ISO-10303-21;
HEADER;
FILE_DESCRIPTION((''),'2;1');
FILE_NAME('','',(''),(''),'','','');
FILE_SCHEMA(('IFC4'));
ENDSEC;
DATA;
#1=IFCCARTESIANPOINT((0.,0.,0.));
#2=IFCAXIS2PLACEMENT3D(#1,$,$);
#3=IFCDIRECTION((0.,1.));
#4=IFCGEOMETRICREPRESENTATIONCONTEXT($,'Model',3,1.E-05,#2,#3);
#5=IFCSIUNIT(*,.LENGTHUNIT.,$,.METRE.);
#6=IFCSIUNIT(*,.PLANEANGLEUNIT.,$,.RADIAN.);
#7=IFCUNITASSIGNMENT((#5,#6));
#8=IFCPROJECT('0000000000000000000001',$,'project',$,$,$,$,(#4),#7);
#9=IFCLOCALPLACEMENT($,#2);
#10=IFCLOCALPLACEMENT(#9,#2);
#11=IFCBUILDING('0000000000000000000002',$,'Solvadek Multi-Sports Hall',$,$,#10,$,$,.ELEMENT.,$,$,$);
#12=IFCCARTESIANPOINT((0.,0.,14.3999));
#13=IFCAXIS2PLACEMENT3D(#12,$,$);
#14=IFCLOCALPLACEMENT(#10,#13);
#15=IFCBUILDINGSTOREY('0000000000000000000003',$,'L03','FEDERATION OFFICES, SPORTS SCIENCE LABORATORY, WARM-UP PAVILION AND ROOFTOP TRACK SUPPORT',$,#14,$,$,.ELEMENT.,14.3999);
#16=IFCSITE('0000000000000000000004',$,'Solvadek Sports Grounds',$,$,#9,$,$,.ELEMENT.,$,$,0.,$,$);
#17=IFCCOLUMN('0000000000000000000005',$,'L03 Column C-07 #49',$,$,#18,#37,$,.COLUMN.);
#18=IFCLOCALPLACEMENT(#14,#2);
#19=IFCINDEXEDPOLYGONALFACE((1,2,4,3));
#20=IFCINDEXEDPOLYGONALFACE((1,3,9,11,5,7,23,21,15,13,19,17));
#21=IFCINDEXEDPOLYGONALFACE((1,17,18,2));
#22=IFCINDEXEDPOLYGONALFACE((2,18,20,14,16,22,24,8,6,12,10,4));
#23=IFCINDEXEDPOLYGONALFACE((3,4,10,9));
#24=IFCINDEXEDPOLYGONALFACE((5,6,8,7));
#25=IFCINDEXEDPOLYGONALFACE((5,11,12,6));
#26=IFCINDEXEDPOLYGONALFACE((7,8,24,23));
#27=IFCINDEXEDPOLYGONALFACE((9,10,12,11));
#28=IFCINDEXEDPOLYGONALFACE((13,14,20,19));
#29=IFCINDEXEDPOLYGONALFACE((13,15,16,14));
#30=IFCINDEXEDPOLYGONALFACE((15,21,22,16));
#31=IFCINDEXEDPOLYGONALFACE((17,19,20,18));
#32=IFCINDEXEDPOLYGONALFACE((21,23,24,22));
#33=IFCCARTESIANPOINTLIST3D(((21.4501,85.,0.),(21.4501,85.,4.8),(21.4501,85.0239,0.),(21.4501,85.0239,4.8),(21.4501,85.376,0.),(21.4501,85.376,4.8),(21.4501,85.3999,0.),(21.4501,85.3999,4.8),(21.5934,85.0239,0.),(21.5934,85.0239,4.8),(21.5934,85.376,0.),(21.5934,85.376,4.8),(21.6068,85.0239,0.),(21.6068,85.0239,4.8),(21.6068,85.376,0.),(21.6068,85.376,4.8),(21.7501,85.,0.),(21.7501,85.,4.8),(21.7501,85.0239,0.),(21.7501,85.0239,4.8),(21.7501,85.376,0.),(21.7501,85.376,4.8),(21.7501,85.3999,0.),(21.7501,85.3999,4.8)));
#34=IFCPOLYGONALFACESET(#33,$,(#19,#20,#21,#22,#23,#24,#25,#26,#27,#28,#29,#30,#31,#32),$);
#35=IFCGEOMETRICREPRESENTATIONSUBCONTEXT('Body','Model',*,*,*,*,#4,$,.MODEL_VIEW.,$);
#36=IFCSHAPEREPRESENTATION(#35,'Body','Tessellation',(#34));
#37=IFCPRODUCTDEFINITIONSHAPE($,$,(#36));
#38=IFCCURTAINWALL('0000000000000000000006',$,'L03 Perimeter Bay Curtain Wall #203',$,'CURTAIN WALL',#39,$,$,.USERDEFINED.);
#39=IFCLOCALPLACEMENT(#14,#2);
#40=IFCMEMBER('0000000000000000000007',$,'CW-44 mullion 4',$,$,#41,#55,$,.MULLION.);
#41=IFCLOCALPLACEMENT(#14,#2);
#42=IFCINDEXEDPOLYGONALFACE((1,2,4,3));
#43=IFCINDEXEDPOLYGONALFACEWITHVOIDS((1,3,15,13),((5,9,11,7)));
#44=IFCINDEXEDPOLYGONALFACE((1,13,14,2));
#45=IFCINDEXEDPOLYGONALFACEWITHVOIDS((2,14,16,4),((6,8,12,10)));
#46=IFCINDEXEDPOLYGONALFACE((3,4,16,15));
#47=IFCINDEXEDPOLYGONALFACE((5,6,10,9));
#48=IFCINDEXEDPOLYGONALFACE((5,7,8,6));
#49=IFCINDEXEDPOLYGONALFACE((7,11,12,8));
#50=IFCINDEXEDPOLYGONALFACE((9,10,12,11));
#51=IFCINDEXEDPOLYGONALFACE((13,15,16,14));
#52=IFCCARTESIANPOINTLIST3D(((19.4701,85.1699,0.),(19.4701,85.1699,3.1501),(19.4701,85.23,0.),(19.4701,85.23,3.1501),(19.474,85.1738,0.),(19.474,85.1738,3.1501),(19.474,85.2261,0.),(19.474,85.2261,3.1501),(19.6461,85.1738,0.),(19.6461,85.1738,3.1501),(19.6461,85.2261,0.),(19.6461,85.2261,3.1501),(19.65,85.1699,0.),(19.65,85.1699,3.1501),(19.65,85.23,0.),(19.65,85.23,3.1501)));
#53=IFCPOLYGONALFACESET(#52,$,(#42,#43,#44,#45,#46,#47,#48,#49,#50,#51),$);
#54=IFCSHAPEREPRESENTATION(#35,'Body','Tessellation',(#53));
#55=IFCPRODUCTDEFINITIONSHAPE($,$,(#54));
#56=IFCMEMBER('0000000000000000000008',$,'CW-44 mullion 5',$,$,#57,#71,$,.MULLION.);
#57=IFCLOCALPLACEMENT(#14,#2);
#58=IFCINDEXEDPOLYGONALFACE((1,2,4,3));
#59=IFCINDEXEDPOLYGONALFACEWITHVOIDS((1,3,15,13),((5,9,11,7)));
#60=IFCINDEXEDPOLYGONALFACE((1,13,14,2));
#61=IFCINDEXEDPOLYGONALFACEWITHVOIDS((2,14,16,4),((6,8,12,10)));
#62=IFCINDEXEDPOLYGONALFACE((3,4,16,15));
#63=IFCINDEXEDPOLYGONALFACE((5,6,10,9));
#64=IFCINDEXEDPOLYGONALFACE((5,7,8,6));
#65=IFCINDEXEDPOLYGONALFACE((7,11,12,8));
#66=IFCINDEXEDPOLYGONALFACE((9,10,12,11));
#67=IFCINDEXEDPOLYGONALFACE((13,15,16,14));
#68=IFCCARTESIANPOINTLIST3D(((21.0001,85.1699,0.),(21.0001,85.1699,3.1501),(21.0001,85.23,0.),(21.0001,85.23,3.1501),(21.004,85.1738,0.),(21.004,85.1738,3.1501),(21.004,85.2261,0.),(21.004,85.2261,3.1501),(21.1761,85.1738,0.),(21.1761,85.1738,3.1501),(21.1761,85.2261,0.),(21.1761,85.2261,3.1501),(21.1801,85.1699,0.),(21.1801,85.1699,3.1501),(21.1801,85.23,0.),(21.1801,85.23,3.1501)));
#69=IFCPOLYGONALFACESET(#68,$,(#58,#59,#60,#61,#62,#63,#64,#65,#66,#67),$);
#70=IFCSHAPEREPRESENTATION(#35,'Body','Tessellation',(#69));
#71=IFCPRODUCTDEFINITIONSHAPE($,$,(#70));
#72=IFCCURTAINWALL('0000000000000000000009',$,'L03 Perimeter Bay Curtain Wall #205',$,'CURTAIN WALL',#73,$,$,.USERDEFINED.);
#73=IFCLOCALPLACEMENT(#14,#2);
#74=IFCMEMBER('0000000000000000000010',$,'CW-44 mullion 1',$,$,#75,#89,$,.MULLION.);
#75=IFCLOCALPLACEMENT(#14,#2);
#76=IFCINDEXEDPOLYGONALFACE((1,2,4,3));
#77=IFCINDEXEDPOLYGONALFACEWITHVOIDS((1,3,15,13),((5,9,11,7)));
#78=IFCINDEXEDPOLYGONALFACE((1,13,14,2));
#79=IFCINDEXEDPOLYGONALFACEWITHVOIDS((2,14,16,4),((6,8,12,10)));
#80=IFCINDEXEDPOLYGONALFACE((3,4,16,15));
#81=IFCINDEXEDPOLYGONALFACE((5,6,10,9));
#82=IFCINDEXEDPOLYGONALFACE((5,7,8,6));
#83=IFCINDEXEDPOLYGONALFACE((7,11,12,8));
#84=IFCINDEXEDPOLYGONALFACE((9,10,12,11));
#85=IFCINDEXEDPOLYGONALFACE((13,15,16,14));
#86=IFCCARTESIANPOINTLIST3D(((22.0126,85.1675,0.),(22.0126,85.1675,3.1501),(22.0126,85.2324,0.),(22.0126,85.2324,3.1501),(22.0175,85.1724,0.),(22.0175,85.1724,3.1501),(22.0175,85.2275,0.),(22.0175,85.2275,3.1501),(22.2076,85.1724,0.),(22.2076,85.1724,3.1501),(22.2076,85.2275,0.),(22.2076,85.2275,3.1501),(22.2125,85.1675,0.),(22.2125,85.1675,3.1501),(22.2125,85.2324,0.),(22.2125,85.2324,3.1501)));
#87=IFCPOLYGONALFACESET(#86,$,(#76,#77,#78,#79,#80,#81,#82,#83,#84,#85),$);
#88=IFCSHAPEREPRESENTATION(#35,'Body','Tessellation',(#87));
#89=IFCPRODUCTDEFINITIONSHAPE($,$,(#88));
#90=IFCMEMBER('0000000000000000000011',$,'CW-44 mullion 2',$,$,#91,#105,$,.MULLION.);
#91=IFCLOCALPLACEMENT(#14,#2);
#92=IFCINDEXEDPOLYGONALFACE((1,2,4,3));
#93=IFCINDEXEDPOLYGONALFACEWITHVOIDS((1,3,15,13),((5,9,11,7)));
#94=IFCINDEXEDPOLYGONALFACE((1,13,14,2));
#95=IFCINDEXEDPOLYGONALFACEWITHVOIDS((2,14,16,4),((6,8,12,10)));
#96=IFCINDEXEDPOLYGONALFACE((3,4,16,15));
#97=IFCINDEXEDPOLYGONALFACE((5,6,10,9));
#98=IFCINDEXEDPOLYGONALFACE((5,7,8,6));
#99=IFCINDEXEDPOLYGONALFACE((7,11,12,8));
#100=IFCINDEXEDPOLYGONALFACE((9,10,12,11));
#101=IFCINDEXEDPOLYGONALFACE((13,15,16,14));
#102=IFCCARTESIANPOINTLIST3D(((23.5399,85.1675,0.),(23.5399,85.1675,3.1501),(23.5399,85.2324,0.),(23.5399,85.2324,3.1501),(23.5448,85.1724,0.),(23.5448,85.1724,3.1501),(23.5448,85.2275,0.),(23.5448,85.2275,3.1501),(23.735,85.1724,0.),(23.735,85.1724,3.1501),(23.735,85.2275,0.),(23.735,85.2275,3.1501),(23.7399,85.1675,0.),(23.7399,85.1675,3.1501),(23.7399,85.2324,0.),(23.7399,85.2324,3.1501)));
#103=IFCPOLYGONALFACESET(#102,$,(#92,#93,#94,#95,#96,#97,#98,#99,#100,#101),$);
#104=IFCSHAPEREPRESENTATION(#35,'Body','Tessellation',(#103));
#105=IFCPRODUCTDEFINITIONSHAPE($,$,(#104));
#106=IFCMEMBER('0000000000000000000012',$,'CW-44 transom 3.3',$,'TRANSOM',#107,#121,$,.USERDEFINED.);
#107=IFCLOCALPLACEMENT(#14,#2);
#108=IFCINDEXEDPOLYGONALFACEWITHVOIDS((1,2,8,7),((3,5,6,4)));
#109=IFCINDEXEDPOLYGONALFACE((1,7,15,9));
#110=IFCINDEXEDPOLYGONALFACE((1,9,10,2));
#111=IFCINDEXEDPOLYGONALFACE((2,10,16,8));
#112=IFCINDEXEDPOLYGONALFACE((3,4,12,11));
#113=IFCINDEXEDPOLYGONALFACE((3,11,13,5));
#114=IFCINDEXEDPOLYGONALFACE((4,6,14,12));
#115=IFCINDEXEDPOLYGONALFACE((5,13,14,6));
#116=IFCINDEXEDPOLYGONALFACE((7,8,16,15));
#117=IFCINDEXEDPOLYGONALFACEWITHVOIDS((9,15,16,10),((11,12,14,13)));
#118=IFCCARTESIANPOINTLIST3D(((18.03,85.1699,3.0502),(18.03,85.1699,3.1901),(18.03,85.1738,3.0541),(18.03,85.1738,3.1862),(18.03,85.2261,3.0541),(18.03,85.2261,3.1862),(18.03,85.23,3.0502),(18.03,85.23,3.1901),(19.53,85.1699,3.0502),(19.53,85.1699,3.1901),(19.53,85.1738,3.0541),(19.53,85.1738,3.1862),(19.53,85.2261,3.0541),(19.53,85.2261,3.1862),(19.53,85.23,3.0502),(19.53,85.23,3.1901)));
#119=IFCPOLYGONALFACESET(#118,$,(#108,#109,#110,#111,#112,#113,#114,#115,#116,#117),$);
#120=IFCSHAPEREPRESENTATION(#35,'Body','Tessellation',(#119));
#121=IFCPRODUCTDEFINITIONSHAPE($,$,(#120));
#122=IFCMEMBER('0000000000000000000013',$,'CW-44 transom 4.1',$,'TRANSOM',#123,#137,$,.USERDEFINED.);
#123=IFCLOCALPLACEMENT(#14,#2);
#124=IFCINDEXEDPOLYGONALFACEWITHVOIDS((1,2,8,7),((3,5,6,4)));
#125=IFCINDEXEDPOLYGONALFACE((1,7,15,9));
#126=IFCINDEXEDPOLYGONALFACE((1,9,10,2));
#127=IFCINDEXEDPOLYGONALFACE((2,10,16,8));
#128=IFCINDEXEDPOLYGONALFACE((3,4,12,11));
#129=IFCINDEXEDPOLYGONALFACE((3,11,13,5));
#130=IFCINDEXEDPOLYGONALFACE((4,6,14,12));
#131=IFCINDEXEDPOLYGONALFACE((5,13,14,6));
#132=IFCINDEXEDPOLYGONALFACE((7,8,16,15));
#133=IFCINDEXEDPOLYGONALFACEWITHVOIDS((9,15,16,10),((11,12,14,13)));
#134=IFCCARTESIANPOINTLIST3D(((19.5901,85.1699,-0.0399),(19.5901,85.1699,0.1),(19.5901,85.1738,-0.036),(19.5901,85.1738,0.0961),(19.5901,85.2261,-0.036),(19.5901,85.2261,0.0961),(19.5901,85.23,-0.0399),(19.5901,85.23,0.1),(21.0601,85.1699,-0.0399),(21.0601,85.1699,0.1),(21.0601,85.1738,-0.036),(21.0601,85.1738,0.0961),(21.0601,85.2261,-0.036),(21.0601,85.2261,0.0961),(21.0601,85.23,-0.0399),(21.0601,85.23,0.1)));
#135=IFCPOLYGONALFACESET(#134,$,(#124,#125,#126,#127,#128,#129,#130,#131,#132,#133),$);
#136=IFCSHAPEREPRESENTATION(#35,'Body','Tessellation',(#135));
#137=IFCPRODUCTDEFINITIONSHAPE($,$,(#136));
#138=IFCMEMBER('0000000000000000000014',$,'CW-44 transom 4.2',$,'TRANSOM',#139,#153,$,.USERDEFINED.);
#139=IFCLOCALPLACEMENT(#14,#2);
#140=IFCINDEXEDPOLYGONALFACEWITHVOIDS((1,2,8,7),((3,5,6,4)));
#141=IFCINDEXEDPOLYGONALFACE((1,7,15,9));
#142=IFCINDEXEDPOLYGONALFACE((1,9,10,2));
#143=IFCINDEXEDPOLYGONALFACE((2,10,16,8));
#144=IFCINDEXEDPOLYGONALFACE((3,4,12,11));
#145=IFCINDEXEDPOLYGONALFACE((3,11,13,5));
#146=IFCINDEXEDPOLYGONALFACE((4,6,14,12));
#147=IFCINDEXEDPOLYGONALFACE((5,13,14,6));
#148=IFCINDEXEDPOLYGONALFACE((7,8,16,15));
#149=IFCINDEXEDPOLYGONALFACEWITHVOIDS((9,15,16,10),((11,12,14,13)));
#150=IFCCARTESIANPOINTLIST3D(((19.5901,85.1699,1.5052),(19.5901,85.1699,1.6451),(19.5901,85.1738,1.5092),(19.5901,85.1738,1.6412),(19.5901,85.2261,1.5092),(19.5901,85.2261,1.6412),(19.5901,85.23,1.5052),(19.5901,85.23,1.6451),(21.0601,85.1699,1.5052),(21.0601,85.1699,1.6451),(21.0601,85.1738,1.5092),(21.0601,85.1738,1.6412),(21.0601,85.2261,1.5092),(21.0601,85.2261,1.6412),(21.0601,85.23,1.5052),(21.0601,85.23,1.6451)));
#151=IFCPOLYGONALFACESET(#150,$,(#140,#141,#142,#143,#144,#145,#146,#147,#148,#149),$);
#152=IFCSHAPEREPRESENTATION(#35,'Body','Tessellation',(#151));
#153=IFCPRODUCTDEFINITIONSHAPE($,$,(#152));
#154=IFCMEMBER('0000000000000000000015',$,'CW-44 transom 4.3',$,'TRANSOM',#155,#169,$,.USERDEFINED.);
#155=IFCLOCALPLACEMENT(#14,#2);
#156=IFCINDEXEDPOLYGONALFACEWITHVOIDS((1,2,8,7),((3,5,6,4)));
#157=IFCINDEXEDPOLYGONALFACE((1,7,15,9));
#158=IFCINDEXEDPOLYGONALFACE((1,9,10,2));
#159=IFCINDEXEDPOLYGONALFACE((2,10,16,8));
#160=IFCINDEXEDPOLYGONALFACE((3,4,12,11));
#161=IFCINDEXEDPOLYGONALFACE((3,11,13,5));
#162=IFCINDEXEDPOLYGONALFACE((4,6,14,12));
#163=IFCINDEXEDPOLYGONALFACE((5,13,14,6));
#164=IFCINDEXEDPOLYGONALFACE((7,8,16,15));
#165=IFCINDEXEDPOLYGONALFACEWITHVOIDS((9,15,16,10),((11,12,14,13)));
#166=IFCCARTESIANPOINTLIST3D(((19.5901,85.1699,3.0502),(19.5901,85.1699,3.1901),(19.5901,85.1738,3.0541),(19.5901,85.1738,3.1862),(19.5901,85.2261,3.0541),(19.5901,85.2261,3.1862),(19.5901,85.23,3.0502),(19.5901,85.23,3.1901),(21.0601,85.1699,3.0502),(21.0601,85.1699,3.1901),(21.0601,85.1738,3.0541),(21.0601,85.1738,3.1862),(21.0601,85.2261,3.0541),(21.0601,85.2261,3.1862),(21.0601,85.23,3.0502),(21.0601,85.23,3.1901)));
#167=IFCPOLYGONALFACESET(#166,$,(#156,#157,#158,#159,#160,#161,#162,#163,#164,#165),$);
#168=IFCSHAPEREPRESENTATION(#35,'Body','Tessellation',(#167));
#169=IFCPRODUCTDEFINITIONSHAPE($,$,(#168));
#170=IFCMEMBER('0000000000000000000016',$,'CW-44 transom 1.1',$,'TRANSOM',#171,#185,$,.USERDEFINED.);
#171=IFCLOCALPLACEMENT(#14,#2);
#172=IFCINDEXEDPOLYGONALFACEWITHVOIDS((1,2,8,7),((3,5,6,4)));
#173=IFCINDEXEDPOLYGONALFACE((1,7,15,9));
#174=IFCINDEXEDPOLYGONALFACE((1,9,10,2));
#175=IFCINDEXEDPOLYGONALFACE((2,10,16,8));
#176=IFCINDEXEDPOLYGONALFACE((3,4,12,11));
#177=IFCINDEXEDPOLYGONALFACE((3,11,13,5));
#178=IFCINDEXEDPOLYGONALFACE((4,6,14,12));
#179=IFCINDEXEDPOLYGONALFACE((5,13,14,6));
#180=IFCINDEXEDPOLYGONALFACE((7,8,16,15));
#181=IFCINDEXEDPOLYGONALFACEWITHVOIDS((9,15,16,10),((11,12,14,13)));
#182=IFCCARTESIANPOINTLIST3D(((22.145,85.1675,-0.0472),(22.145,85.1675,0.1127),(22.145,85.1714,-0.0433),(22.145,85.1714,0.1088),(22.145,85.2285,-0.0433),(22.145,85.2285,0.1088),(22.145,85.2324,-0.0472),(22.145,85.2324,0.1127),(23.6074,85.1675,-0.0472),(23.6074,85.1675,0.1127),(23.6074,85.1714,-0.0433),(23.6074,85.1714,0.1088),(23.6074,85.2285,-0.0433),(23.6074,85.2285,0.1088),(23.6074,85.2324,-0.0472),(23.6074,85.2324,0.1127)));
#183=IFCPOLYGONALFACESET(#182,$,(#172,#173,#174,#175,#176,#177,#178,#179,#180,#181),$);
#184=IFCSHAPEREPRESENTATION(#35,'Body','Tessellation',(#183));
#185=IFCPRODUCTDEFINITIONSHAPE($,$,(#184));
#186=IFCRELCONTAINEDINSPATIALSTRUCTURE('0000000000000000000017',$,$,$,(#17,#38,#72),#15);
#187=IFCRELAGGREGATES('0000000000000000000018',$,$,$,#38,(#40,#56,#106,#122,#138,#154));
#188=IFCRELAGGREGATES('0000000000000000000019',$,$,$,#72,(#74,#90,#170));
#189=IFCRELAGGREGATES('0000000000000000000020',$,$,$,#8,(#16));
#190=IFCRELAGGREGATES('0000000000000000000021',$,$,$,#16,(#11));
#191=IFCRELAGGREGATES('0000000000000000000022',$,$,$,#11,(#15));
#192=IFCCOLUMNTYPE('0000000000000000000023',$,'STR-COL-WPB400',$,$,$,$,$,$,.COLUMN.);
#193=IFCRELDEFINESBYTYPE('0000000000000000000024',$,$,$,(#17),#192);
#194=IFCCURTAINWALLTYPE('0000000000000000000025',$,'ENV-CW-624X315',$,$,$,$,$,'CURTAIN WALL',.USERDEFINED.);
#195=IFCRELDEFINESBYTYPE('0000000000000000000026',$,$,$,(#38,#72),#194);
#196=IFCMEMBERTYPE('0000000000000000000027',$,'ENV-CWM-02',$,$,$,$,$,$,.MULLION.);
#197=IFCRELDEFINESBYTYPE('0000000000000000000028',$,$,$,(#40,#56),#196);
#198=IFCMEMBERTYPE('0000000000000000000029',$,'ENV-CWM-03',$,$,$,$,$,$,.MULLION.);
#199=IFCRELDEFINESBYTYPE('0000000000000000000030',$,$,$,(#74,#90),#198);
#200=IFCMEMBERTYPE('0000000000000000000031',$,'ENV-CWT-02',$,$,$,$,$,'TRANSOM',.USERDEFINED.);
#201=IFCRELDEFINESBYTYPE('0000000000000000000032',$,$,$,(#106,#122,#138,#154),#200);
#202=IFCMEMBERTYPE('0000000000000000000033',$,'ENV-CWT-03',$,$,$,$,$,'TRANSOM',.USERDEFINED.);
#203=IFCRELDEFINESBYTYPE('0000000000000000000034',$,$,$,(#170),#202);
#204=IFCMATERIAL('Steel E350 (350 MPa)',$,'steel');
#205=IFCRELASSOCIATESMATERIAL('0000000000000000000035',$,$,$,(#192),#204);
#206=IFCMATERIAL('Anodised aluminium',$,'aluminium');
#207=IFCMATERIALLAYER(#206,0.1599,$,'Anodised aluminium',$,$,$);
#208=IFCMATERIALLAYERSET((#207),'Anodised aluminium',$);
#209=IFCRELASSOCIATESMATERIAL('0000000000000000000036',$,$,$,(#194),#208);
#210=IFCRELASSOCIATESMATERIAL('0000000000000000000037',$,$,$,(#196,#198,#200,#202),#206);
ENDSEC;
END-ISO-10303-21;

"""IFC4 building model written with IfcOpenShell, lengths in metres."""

from ifc_helpers import new_model, si_unit, direction, frame, origin, origin_2d, place, context, subcontext, project, spatial, hollow_rectangle, i_section, extrude, material, layer, layer_set, material_profile, profile_set, type_object, element, aggregate, save


model = new_model("IFC4")

# Units and contexts
model_context = context("Model", 3, precision=1e-05, world=origin(), true_north=direction((0.0, 1.0)))
body_context = subcontext(model_context, "Body", "Model", "MODEL_VIEW")
ifc_project = project(units=[si_unit("LENGTHUNIT", "METRE"), si_unit("PLANEANGLEUNIT", "RADIAN")], contexts=[model_context])

# Site, building, storey
site_placement = place(None, origin())
site = spatial("IfcSite", under=ifc_project, at=site_placement, Name="Solvadek Sports Grounds", CompositionType="ELEMENT", RefElevation=0.0)
building_placement = place(site_placement, origin())
building = spatial("IfcBuilding", under=site, at=building_placement, Name="Solvadek Multi-Sports Hall", CompositionType="ELEMENT")
storey_placement = place(building_placement, frame((0.0, 0.0, 14.3999)))
storey = spatial("IfcBuildingStorey", under=building, at=storey_placement, Name="L03", Description="FEDERATION OFFICES, SPORTS SCIENCE LABORATORY, WARM-UP PAVILION AND ROOFTOP TRACK SUPPORT", CompositionType="ELEMENT", Elevation=14.3999)

# Column
ifc_material_1 = material(Name="Steel E350 (350 MPa)", Category="steel")
ifc_material_profile_1 = material_profile(ifc_material_1, i_section(OverallWidth=0.3, OverallDepth=0.3999, WebThickness=0.0134, FlangeThickness=0.0239, at=origin_2d()), Name="WPB 400")
ifc_profile_set_1 = profile_set([ifc_material_profile_1], Name="Steel E350 (350 MPa)")
column_type = type_object("IfcColumnType", Name="STR-COL-WPB400", PredefinedType="COLUMN", material=ifc_profile_set_1)
column_placement = place(storey_placement, frame((21.6001, 85.2, 0.0), z_axis=(0.0, 0.0, 1.0), x_axis=(1.0, 0.0, 0.0)))
element("IfcColumn", 1, at=column_placement, inside=storey, type_object=column_type, Name="L03 Column C-07 #49", PredefinedType="COLUMN", context=body_context, shape_type="SweptSolid", body=[
    extrude(i_section(OverallWidth=0.3, OverallDepth=0.3999, WebThickness=0.0134, FlangeThickness=0.0239, at=origin_2d()), origin(), (0.0, 0.0, 1.0), 4.8),
])

# Curtain walls, members
ifc_material_2 = material(Name="Anodised aluminium", Category="aluminium")
ifc_layer_1 = layer(ifc_material_2, 0.1599, Name="Anodised aluminium")
ifc_layer_set_1 = layer_set([ifc_layer_1], Name="Anodised aluminium")
curtain_wall_type = type_object("IfcCurtainWallType", Name="ENV-CW-624X315", ElementType="CURTAIN WALL", PredefinedType="USERDEFINED", material=ifc_layer_set_1)
curtain_wall_1_placement = place(storey_placement, origin())
curtain_wall_1 = element("IfcCurtainWall", 2, at=curtain_wall_1_placement, inside=storey, type_object=curtain_wall_type, Name="L03 Perimeter Bay Curtain Wall #203", ObjectType="CURTAIN WALL", PredefinedType="USERDEFINED")
ifc_material_profile_2 = material_profile(ifc_material_2, hollow_rectangle(XDim=0.0601, YDim=0.1799, WallThickness=0.0039, at=origin_2d()), Name="ALU-M 180x60x4")
ifc_profile_set_2 = profile_set([ifc_material_profile_2], Name="Anodised aluminium")
member_type_1 = type_object("IfcMemberType", Name="ENV-CWM-02", PredefinedType="MULLION", material=ifc_profile_set_2)
member_1_placement = place(storey_placement, frame((19.5601, 85.2, 0.0), z_axis=(0.0, 0.0, 1.0), x_axis=(0.0, 1.0, 0.0)))
member_1 = element("IfcMember", 3, at=member_1_placement, type_object=member_type_1, Name="CW-44 mullion 4", PredefinedType="MULLION", context=body_context, shape_type="SweptSolid", body=[
    extrude(hollow_rectangle(XDim=0.0601, YDim=0.1799, WallThickness=0.0039, at=origin_2d()), origin(), (0.0, 0.0, 1.0), 3.1501),
])
member_2_placement = place(storey_placement, frame((21.0901, 85.2, 0.0), z_axis=(0.0, 0.0, 1.0), x_axis=(0.0, 1.0, 0.0)))
member_2 = element("IfcMember", 4, at=member_2_placement, type_object=member_type_1, Name="CW-44 mullion 5", PredefinedType="MULLION", context=body_context, shape_type="SweptSolid", body=[
    extrude(hollow_rectangle(XDim=0.0601, YDim=0.1799, WallThickness=0.0039, at=origin_2d()), origin(), (0.0, 0.0, 1.0), 3.1501),
])
curtain_wall_2_placement = place(storey_placement, origin())
curtain_wall_2 = element("IfcCurtainWall", 5, at=curtain_wall_2_placement, inside=storey, type_object=curtain_wall_type, Name="L03 Perimeter Bay Curtain Wall #205", ObjectType="CURTAIN WALL", PredefinedType="USERDEFINED")
ifc_material_profile_3 = material_profile(ifc_material_2, hollow_rectangle(XDim=0.0649, YDim=0.2, WallThickness=0.0049, at=origin_2d()), Name="ALU-M 200x65x5")
ifc_profile_set_3 = profile_set([ifc_material_profile_3], Name="Anodised aluminium")
member_type_2 = type_object("IfcMemberType", Name="ENV-CWM-03", PredefinedType="MULLION", material=ifc_profile_set_3)
member_3_placement = place(storey_placement, frame((22.1125, 85.2, 0.0), z_axis=(0.0, 0.0, 1.0), x_axis=(0.0, 1.0, 0.0)))
member_3 = element("IfcMember", 6, at=member_3_placement, type_object=member_type_2, Name="CW-44 mullion 1", PredefinedType="MULLION", context=body_context, shape_type="SweptSolid", body=[
    extrude(hollow_rectangle(XDim=0.0649, YDim=0.2, WallThickness=0.0049, at=origin_2d()), origin(), (0.0, 0.0, 1.0), 3.1501),
])
member_4_placement = place(storey_placement, frame((23.6399, 85.2, 0.0), z_axis=(0.0, 0.0, 1.0), x_axis=(0.0, 1.0, 0.0)))
member_4 = element("IfcMember", 7, at=member_4_placement, type_object=member_type_2, Name="CW-44 mullion 2", PredefinedType="MULLION", context=body_context, shape_type="SweptSolid", body=[
    extrude(hollow_rectangle(XDim=0.0649, YDim=0.2, WallThickness=0.0049, at=origin_2d()), origin(), (0.0, 0.0, 1.0), 3.1501),
])

# Members
ifc_material_profile_4 = material_profile(ifc_material_2, hollow_rectangle(XDim=0.0601, YDim=0.1399, WallThickness=0.0039, at=origin_2d()), Name="ALU-T 140x60x4")
ifc_profile_set_4 = profile_set([ifc_material_profile_4], Name="Anodised aluminium")
member_type_3 = type_object("IfcMemberType", Name="ENV-CWT-02", ElementType="TRANSOM", PredefinedType="USERDEFINED", material=ifc_profile_set_4)
member_5_placement = place(storey_placement, frame((18.03, 85.2, 3.1201), z_axis=(1.0, 0.0, 0.0), x_axis=(0.0, 1.0, 0.0)))
member_5 = element("IfcMember", 8, at=member_5_placement, type_object=member_type_3, Name="CW-44 transom 3.3", ObjectType="TRANSOM", PredefinedType="USERDEFINED", context=body_context, shape_type="SweptSolid", body=[
    extrude(hollow_rectangle(XDim=0.0601, YDim=0.1399, WallThickness=0.0039, at=origin_2d()), origin(), (0.0, 0.0, 1.0), 1.5),
])
member_6_placement = place(storey_placement, frame((19.5901, 85.2, 0.03), z_axis=(1.0, 0.0, 0.0), x_axis=(0.0, 1.0, 0.0)))
member_6 = element("IfcMember", 9, at=member_6_placement, type_object=member_type_3, Name="CW-44 transom 4.1", ObjectType="TRANSOM", PredefinedType="USERDEFINED", context=body_context, shape_type="SweptSolid", body=[
    extrude(hollow_rectangle(XDim=0.0601, YDim=0.1399, WallThickness=0.0039, at=origin_2d()), origin(), (0.0, 0.0, 1.0), 1.47),
])
member_7_placement = place(storey_placement, frame((19.5901, 85.2, 1.5752), z_axis=(1.0, 0.0, 0.0), x_axis=(0.0, 1.0, 0.0)))
member_7 = element("IfcMember", 10, at=member_7_placement, type_object=member_type_3, Name="CW-44 transom 4.2", ObjectType="TRANSOM", PredefinedType="USERDEFINED", context=body_context, shape_type="SweptSolid", body=[
    extrude(hollow_rectangle(XDim=0.0601, YDim=0.1399, WallThickness=0.0039, at=origin_2d()), origin(), (0.0, 0.0, 1.0), 1.47),
])
member_8_placement = place(storey_placement, frame((19.5901, 85.2, 3.1201), z_axis=(1.0, 0.0, 0.0), x_axis=(0.0, 1.0, 0.0)))
member_8 = element("IfcMember", 11, at=member_8_placement, type_object=member_type_3, Name="CW-44 transom 4.3", ObjectType="TRANSOM", PredefinedType="USERDEFINED", context=body_context, shape_type="SweptSolid", body=[
    extrude(hollow_rectangle(XDim=0.0601, YDim=0.1399, WallThickness=0.0039, at=origin_2d()), origin(), (0.0, 0.0, 1.0), 1.47),
])
ifc_material_profile_5 = material_profile(ifc_material_2, hollow_rectangle(XDim=0.0649, YDim=0.1599, WallThickness=0.0039, at=origin_2d()), Name="ALU-T 160x65x4")
ifc_profile_set_5 = profile_set([ifc_material_profile_5], Name="Anodised aluminium")
member_type_4 = type_object("IfcMemberType", Name="ENV-CWT-03", ElementType="TRANSOM", PredefinedType="USERDEFINED", material=ifc_profile_set_5)
member_9_placement = place(storey_placement, frame((22.145, 85.2, 0.0327), z_axis=(1.0, 0.0, 0.0), x_axis=(0.0, 1.0, 0.0)))
member_9 = element("IfcMember", 12, at=member_9_placement, type_object=member_type_4, Name="CW-44 transom 1.1", ObjectType="TRANSOM", PredefinedType="USERDEFINED", context=body_context, shape_type="SweptSolid", body=[
    extrude(hollow_rectangle(XDim=0.0649, YDim=0.1599, WallThickness=0.0039, at=origin_2d()), origin(), (0.0, 0.0, 1.0), 1.4624),
])

aggregate(curtain_wall_1, [member_1, member_2, member_5, member_6, member_7, member_8])
aggregate(curtain_wall_2, [member_3, member_4, member_9])

save(model, "model.ifc")
